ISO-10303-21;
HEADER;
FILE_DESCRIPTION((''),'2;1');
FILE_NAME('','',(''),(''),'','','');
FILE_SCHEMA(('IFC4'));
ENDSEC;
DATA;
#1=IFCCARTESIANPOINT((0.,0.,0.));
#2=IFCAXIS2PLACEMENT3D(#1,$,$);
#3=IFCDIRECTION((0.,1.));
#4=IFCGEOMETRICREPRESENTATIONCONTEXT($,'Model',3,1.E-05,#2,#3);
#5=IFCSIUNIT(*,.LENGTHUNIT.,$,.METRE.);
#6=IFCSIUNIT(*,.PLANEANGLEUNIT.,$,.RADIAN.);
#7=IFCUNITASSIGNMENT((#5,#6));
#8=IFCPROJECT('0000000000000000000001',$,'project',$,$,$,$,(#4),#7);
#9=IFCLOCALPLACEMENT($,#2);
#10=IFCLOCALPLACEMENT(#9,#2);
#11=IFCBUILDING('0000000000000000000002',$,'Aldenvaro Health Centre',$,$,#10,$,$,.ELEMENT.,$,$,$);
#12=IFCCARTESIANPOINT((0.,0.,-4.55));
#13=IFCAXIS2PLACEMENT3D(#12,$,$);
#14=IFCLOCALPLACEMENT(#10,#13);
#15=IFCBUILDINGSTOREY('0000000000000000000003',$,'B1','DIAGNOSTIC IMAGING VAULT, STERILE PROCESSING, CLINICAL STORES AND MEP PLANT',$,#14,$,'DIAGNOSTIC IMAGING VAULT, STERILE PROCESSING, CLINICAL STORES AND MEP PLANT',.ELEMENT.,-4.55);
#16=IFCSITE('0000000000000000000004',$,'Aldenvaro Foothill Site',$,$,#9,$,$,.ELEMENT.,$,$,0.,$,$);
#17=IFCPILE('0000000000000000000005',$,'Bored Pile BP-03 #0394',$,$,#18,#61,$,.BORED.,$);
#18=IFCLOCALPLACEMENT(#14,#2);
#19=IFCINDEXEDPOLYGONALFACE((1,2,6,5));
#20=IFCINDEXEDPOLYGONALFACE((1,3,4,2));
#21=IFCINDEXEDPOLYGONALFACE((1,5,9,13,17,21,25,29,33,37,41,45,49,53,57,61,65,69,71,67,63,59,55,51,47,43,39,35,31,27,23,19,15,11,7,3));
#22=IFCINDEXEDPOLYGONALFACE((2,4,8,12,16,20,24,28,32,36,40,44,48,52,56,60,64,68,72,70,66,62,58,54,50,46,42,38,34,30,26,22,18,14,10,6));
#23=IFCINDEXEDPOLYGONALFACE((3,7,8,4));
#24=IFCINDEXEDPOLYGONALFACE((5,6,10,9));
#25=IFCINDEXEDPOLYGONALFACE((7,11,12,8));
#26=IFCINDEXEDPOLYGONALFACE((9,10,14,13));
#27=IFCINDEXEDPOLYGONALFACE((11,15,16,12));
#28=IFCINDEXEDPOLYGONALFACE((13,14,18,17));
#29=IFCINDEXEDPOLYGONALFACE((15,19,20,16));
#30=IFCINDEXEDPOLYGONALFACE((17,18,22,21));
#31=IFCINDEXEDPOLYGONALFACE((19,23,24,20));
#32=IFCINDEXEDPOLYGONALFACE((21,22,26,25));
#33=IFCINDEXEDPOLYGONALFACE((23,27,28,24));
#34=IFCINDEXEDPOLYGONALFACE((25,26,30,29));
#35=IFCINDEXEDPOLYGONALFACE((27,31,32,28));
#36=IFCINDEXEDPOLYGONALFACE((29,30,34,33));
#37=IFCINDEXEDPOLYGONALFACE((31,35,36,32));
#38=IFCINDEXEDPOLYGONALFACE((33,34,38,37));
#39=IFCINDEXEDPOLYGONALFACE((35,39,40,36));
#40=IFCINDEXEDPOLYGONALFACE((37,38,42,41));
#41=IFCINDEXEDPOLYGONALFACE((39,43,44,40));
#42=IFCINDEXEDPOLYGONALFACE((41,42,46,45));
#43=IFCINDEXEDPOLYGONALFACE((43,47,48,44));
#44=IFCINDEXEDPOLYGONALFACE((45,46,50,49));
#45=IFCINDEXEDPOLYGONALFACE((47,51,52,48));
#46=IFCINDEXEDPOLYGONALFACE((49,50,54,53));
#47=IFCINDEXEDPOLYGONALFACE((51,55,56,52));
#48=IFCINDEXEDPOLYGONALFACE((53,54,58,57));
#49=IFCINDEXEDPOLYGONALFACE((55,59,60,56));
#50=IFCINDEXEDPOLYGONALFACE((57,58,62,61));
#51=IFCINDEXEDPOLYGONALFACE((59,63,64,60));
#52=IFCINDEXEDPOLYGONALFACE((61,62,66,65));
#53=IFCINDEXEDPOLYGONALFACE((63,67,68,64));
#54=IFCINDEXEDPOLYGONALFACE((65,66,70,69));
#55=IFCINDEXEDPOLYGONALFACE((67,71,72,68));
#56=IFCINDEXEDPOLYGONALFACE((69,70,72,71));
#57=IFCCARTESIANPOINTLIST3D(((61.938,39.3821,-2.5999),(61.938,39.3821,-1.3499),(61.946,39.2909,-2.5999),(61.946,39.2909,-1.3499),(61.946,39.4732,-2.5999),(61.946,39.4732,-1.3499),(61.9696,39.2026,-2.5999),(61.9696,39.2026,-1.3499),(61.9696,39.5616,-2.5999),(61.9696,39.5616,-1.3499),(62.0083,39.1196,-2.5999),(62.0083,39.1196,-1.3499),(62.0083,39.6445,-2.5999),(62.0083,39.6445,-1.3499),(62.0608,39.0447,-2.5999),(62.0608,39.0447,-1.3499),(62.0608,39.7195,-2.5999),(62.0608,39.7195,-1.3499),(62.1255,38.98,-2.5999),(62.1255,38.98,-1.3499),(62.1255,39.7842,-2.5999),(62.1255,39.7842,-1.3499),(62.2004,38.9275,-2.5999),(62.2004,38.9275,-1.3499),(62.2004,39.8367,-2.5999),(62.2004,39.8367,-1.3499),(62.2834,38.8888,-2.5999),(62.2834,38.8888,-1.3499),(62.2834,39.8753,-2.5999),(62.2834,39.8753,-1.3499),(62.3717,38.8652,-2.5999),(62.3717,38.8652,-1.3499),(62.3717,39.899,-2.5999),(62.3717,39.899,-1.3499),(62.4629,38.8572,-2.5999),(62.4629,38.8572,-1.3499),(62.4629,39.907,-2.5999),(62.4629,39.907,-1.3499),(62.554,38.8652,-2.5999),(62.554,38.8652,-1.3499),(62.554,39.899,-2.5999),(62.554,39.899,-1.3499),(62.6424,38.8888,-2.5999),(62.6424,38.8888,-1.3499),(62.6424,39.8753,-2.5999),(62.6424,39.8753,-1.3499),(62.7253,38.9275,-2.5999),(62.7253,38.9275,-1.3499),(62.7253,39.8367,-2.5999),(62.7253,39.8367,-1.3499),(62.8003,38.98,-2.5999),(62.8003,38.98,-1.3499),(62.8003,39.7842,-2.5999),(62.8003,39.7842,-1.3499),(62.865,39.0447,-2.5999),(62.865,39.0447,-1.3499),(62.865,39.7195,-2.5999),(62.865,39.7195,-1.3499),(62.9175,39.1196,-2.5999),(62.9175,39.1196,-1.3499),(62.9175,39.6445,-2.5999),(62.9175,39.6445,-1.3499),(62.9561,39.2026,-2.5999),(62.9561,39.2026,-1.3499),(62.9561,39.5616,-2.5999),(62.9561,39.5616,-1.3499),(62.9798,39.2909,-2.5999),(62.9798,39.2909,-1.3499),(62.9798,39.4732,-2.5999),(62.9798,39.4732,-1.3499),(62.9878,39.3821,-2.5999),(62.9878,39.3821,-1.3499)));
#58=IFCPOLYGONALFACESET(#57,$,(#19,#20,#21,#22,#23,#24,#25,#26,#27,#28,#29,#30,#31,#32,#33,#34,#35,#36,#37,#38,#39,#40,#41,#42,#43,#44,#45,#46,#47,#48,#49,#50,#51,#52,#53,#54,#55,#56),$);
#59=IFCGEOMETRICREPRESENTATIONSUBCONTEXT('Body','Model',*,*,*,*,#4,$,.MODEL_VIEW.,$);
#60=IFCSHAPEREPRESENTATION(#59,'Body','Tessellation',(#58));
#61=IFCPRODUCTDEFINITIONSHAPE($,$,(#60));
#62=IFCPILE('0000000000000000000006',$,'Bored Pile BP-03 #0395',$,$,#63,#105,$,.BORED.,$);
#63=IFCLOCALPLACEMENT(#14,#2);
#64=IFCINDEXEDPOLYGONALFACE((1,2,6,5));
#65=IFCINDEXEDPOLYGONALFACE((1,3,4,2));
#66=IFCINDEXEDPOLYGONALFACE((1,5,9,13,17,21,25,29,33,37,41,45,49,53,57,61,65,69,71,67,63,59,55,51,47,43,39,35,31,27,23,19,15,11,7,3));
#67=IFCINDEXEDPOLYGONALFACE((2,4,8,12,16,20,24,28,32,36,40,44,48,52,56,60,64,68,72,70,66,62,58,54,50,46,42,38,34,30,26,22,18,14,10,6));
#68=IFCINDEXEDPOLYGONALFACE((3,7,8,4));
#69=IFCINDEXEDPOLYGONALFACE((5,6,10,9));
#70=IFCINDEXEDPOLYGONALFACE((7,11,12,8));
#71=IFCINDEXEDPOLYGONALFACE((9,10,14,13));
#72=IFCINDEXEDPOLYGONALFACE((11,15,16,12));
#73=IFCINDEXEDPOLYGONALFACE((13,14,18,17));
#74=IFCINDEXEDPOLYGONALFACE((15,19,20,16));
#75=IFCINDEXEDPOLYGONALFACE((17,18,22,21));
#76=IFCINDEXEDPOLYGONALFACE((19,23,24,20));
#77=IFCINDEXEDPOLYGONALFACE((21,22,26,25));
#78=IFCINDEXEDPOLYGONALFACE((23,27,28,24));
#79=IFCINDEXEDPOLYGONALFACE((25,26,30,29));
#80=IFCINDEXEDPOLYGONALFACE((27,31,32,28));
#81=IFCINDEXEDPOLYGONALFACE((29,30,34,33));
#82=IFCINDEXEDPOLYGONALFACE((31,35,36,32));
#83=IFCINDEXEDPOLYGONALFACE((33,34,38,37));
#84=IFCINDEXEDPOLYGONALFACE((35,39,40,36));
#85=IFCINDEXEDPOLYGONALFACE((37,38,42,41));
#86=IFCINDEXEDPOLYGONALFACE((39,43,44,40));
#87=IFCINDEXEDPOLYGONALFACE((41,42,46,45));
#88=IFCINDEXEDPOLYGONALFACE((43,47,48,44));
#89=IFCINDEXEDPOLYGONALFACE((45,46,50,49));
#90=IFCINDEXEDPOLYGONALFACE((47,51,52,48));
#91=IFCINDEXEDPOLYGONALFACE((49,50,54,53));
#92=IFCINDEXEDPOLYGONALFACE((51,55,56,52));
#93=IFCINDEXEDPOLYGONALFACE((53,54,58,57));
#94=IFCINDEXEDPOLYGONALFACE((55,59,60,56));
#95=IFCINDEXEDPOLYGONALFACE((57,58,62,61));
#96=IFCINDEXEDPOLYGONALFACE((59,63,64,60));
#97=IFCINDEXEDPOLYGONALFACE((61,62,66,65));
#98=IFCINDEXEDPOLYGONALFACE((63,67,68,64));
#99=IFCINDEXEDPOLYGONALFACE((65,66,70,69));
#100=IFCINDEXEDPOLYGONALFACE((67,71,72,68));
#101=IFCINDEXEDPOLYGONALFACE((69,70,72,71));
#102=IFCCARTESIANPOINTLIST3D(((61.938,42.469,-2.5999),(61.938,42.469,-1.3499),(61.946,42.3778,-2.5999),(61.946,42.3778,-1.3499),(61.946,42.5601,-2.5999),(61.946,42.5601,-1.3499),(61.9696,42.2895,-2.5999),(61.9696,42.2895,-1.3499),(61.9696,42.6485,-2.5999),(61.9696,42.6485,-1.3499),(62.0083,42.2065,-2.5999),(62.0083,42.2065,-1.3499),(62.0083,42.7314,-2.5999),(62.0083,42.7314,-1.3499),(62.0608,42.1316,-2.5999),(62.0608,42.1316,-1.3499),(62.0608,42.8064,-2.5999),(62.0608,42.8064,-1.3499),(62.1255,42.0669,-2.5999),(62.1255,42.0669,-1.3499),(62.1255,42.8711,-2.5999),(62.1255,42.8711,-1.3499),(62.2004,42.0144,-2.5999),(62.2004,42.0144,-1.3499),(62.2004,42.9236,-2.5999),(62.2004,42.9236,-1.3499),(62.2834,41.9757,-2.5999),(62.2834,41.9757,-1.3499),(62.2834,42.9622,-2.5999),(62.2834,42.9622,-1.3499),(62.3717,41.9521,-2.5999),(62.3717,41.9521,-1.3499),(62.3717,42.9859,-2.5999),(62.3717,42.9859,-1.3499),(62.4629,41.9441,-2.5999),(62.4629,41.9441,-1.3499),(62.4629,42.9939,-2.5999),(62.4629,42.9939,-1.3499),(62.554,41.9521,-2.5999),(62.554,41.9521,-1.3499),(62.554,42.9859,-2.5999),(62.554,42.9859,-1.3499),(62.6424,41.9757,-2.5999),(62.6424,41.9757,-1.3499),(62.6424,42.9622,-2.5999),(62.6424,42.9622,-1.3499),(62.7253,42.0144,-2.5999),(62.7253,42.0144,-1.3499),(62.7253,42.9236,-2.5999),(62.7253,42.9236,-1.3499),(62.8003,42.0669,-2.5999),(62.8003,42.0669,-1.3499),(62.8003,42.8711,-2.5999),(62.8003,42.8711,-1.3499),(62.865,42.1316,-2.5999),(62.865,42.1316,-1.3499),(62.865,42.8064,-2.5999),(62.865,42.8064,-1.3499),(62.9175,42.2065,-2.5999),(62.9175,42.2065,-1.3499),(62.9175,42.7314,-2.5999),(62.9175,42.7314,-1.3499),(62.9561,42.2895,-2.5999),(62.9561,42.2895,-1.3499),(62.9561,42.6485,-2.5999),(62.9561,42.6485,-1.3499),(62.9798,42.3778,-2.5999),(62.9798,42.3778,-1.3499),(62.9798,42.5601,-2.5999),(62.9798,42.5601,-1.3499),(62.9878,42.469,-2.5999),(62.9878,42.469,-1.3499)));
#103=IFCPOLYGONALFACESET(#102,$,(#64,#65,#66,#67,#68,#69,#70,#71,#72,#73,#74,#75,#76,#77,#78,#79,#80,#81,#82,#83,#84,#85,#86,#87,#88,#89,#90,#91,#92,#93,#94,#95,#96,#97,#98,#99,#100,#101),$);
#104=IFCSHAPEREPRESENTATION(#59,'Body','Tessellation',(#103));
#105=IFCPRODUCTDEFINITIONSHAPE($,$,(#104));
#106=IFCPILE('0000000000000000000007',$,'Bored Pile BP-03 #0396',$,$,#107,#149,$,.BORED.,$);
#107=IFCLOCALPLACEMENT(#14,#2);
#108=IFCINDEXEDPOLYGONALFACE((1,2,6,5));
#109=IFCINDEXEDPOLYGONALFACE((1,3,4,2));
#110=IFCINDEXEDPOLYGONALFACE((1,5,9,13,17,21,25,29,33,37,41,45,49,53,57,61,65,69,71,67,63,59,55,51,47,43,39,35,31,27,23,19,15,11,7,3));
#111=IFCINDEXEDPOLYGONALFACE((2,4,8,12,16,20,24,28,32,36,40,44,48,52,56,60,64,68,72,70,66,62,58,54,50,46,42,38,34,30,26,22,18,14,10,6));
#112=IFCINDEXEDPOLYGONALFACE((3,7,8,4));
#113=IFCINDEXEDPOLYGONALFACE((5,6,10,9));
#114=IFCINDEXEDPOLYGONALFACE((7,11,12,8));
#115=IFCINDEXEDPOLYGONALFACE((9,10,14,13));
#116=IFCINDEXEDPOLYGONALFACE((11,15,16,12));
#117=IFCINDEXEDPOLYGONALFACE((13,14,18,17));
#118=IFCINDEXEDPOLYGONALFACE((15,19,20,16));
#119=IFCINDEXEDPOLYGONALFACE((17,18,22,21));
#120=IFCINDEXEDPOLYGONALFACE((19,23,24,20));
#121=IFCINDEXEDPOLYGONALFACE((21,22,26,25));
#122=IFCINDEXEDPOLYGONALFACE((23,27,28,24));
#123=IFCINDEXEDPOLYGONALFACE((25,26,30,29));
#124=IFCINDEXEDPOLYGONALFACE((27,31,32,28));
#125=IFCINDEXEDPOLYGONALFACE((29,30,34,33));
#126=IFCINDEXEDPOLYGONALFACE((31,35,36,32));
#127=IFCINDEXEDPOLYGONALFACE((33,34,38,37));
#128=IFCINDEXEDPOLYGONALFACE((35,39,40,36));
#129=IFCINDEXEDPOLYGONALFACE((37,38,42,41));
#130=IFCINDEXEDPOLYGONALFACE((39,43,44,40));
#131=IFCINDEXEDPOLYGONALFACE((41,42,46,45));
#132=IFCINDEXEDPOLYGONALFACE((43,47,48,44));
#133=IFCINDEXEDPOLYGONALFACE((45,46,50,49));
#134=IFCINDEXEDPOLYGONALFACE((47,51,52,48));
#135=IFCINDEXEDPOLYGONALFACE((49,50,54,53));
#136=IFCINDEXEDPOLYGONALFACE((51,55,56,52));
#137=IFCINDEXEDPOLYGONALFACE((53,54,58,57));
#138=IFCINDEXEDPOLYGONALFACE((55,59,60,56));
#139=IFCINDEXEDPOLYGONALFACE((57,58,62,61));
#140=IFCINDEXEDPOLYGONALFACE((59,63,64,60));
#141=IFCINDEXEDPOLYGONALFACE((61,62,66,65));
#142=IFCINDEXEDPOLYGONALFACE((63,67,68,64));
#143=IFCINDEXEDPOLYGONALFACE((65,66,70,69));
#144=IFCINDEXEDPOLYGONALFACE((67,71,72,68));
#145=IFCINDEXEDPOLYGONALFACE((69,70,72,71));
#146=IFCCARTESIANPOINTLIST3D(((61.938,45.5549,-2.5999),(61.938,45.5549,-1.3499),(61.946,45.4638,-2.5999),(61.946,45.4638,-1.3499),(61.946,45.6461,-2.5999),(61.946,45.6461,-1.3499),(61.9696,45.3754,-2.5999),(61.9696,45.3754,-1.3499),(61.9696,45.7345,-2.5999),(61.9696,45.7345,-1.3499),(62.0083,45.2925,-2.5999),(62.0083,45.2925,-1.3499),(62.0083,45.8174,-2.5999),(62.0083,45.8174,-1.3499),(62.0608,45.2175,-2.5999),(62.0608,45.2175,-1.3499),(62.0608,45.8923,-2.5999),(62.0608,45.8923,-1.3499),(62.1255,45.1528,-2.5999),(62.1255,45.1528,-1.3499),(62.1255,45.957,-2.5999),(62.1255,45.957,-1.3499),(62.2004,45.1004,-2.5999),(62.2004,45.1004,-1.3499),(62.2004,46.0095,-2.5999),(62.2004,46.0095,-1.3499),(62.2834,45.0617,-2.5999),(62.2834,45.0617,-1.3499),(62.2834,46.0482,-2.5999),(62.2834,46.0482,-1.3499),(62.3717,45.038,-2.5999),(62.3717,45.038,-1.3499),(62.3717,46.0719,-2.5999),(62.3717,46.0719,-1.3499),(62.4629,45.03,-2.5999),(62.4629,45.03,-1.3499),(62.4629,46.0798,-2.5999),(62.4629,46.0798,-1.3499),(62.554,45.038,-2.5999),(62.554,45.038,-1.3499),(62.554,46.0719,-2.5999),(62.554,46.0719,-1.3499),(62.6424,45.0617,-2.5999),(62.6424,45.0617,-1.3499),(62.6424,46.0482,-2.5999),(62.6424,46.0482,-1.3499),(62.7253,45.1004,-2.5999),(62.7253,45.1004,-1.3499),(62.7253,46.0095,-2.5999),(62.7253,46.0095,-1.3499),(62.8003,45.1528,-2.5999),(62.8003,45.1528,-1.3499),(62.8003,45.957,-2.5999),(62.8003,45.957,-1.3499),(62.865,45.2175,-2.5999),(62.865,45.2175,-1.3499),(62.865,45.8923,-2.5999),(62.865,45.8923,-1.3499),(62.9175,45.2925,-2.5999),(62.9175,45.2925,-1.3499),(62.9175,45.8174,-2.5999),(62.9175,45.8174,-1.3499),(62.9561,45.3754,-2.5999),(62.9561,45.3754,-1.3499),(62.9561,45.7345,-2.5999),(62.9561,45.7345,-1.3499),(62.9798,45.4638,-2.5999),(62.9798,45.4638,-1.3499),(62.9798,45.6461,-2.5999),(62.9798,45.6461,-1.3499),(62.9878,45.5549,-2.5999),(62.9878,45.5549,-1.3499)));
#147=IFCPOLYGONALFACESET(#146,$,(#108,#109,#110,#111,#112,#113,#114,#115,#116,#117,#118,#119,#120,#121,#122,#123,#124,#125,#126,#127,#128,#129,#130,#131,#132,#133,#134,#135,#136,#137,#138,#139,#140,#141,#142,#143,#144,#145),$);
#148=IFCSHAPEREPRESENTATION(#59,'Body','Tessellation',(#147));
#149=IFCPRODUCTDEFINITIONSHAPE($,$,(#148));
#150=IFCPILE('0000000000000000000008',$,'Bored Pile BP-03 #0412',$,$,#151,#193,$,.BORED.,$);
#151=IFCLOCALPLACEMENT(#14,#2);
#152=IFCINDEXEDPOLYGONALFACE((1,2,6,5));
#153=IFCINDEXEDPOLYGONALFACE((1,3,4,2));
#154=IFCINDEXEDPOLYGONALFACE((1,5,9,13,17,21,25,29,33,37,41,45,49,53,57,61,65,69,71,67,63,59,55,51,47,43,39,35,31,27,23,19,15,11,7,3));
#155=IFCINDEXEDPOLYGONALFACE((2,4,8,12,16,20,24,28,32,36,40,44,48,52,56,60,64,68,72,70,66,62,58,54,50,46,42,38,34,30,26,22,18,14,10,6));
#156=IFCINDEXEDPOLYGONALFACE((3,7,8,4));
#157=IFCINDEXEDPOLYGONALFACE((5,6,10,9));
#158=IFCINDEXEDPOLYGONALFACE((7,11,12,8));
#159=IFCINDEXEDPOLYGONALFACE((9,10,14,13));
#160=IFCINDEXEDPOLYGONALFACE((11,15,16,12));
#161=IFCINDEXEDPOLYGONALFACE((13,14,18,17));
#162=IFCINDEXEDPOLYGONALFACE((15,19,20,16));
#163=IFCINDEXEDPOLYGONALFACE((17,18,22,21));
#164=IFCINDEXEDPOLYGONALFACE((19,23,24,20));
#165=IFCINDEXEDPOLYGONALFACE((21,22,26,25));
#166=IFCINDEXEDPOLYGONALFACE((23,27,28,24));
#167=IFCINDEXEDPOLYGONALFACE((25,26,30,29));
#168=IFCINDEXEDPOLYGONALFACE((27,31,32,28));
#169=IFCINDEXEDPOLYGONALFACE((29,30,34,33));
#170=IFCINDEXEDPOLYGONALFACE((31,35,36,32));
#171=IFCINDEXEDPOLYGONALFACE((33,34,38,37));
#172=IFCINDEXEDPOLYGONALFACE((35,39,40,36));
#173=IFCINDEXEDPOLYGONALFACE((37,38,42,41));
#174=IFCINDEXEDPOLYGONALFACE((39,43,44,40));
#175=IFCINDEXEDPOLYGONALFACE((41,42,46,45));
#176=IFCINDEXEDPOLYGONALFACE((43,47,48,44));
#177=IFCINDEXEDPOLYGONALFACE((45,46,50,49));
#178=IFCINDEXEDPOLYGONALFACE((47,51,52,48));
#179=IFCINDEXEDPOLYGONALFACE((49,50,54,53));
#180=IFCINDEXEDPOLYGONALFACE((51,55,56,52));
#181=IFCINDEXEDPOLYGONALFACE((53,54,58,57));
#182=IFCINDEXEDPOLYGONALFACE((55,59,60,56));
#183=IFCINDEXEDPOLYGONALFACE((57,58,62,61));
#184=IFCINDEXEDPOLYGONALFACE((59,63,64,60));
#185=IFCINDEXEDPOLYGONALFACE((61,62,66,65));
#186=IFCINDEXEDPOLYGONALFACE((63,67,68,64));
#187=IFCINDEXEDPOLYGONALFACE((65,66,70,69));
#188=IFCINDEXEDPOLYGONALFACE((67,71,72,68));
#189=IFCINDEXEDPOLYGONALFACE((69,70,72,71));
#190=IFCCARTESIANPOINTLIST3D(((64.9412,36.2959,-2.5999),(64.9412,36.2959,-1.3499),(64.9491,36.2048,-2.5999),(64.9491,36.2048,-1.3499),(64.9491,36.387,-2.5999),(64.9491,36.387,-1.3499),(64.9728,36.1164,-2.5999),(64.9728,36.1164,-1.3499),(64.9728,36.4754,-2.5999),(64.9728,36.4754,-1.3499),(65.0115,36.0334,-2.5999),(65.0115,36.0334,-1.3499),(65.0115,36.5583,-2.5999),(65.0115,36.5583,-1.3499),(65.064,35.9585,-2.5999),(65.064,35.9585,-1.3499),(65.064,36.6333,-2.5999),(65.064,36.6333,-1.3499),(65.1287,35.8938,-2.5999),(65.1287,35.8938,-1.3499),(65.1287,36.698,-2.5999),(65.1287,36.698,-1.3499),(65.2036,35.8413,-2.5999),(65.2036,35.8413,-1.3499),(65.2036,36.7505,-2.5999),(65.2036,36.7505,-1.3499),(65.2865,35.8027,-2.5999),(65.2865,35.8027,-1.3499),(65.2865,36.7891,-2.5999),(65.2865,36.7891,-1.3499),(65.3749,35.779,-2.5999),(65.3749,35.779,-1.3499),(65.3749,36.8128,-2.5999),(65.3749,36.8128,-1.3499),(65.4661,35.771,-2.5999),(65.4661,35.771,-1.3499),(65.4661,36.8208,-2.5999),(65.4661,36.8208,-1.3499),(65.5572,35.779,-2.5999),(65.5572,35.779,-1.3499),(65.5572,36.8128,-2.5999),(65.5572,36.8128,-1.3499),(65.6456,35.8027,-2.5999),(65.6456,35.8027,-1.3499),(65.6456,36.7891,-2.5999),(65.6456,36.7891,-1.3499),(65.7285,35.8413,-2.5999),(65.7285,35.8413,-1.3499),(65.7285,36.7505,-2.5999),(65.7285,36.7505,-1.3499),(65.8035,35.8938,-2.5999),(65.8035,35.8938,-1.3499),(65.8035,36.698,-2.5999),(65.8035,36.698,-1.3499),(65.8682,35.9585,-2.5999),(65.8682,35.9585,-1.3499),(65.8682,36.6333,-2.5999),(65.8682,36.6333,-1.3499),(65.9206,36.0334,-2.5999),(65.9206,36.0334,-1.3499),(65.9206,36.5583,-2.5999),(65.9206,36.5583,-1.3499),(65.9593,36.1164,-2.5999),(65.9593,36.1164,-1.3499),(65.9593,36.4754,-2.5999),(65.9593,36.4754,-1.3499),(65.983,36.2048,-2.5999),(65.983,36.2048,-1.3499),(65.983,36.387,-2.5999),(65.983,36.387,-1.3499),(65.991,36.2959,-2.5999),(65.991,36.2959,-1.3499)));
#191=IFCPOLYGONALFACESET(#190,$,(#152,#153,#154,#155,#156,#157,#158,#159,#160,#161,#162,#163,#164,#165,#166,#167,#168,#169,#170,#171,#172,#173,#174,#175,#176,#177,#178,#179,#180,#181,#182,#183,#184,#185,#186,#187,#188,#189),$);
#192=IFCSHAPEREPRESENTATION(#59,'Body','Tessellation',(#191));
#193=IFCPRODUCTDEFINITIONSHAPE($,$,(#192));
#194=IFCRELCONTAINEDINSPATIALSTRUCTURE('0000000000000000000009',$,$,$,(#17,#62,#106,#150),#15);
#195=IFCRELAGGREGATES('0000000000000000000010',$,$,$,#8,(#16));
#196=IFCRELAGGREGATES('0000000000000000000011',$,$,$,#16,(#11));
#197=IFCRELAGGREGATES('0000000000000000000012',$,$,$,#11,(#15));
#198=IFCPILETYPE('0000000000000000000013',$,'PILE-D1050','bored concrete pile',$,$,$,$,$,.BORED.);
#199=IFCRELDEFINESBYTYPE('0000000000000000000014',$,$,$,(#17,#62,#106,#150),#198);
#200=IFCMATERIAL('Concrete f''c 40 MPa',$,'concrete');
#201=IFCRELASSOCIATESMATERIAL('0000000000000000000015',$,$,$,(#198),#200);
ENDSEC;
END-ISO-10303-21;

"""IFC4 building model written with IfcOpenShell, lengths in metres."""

from ifc_helpers import new_model, si_unit, direction, frame, origin, origin_2d, place, context, subcontext, project, spatial, circle, extrude, material, material_profile, profile_set, type_object, element, save


model = new_model("IFC4")

# Units and contexts
model_context = context("Model", 3, precision=1e-05, world=origin(), true_north=direction((0.0, 1.0)))
body_context = subcontext(model_context, "Body", "Model", "MODEL_VIEW")
ifc_project = project(units=[si_unit("LENGTHUNIT", "METRE"), si_unit("PLANEANGLEUNIT", "RADIAN")], contexts=[model_context])

# Site, building, storey
site_placement = place(None, origin())
site = spatial("IfcSite", under=ifc_project, at=site_placement, Name="Aldenvaro Foothill Site", CompositionType="ELEMENT", RefElevation=0.0)
building_placement = place(site_placement, origin())
building = spatial("IfcBuilding", under=site, at=building_placement, Name="Aldenvaro Health Centre", CompositionType="ELEMENT")
storey_placement = place(building_placement, frame((0.0, 0.0, -4.55)))
storey = spatial("IfcBuildingStorey", under=building, at=storey_placement, Name="B1", Description="DIAGNOSTIC IMAGING VAULT, STERILE PROCESSING, CLINICAL STORES AND MEP PLANT", LongName="DIAGNOSTIC IMAGING VAULT, STERILE PROCESSING, CLINICAL STORES AND MEP PLANT", CompositionType="ELEMENT", Elevation=-4.55)

# Piles
ifc_material = material(Name="Concrete f'c 40 MPa", Category="concrete")
ifc_material_profile_1 = material_profile(ifc_material, circle(Radius=0.5249, at=origin_2d()), Name="PILE D1050", Category="concrete")
ifc_profile_set_1 = profile_set([ifc_material_profile_1], Name="Concrete f'c 40 MPa")
pile_type = type_object("IfcPileType", Name="PILE-D1050", Description="bored concrete pile", PredefinedType="BORED", material=ifc_profile_set_1)
for number, where, z_axis, x_axis, name in (
    (1, (62.4629, 39.3821, -1.3499), (0.0, 0.0, -1.0), (1.0, 0.0, 0.0), "Bored Pile BP-03 #0394"),
    (2, (62.4629, 42.469, -1.3499), (0.0, 0.0, -1.0), (1.0, 0.0, 0.0), "Bored Pile BP-03 #0395"),
    (3, (62.4629, 45.5549, -1.3499), (0.0, 0.0, -1.0), (1.0, 0.0, 0.0), "Bored Pile BP-03 #0396"),
    (4, (65.4661, 36.2959, -1.3499), (0.0, 0.0, -1.0), (1.0, 0.0, 0.0), "Bored Pile BP-03 #0412"),
):
    element("IfcPile", number, at=place(storey_placement, frame(where, z_axis=z_axis, x_axis=x_axis)), inside=storey, type_object=pile_type, Name=name, PredefinedType="BORED", context=body_context, shape_type="SweptSolid", body=[
        extrude(circle(Radius=0.5249, at=origin_2d()), origin(), (0.0, 0.0, 1.0), 1.25),
    ])

save(model, "model.ifc")
